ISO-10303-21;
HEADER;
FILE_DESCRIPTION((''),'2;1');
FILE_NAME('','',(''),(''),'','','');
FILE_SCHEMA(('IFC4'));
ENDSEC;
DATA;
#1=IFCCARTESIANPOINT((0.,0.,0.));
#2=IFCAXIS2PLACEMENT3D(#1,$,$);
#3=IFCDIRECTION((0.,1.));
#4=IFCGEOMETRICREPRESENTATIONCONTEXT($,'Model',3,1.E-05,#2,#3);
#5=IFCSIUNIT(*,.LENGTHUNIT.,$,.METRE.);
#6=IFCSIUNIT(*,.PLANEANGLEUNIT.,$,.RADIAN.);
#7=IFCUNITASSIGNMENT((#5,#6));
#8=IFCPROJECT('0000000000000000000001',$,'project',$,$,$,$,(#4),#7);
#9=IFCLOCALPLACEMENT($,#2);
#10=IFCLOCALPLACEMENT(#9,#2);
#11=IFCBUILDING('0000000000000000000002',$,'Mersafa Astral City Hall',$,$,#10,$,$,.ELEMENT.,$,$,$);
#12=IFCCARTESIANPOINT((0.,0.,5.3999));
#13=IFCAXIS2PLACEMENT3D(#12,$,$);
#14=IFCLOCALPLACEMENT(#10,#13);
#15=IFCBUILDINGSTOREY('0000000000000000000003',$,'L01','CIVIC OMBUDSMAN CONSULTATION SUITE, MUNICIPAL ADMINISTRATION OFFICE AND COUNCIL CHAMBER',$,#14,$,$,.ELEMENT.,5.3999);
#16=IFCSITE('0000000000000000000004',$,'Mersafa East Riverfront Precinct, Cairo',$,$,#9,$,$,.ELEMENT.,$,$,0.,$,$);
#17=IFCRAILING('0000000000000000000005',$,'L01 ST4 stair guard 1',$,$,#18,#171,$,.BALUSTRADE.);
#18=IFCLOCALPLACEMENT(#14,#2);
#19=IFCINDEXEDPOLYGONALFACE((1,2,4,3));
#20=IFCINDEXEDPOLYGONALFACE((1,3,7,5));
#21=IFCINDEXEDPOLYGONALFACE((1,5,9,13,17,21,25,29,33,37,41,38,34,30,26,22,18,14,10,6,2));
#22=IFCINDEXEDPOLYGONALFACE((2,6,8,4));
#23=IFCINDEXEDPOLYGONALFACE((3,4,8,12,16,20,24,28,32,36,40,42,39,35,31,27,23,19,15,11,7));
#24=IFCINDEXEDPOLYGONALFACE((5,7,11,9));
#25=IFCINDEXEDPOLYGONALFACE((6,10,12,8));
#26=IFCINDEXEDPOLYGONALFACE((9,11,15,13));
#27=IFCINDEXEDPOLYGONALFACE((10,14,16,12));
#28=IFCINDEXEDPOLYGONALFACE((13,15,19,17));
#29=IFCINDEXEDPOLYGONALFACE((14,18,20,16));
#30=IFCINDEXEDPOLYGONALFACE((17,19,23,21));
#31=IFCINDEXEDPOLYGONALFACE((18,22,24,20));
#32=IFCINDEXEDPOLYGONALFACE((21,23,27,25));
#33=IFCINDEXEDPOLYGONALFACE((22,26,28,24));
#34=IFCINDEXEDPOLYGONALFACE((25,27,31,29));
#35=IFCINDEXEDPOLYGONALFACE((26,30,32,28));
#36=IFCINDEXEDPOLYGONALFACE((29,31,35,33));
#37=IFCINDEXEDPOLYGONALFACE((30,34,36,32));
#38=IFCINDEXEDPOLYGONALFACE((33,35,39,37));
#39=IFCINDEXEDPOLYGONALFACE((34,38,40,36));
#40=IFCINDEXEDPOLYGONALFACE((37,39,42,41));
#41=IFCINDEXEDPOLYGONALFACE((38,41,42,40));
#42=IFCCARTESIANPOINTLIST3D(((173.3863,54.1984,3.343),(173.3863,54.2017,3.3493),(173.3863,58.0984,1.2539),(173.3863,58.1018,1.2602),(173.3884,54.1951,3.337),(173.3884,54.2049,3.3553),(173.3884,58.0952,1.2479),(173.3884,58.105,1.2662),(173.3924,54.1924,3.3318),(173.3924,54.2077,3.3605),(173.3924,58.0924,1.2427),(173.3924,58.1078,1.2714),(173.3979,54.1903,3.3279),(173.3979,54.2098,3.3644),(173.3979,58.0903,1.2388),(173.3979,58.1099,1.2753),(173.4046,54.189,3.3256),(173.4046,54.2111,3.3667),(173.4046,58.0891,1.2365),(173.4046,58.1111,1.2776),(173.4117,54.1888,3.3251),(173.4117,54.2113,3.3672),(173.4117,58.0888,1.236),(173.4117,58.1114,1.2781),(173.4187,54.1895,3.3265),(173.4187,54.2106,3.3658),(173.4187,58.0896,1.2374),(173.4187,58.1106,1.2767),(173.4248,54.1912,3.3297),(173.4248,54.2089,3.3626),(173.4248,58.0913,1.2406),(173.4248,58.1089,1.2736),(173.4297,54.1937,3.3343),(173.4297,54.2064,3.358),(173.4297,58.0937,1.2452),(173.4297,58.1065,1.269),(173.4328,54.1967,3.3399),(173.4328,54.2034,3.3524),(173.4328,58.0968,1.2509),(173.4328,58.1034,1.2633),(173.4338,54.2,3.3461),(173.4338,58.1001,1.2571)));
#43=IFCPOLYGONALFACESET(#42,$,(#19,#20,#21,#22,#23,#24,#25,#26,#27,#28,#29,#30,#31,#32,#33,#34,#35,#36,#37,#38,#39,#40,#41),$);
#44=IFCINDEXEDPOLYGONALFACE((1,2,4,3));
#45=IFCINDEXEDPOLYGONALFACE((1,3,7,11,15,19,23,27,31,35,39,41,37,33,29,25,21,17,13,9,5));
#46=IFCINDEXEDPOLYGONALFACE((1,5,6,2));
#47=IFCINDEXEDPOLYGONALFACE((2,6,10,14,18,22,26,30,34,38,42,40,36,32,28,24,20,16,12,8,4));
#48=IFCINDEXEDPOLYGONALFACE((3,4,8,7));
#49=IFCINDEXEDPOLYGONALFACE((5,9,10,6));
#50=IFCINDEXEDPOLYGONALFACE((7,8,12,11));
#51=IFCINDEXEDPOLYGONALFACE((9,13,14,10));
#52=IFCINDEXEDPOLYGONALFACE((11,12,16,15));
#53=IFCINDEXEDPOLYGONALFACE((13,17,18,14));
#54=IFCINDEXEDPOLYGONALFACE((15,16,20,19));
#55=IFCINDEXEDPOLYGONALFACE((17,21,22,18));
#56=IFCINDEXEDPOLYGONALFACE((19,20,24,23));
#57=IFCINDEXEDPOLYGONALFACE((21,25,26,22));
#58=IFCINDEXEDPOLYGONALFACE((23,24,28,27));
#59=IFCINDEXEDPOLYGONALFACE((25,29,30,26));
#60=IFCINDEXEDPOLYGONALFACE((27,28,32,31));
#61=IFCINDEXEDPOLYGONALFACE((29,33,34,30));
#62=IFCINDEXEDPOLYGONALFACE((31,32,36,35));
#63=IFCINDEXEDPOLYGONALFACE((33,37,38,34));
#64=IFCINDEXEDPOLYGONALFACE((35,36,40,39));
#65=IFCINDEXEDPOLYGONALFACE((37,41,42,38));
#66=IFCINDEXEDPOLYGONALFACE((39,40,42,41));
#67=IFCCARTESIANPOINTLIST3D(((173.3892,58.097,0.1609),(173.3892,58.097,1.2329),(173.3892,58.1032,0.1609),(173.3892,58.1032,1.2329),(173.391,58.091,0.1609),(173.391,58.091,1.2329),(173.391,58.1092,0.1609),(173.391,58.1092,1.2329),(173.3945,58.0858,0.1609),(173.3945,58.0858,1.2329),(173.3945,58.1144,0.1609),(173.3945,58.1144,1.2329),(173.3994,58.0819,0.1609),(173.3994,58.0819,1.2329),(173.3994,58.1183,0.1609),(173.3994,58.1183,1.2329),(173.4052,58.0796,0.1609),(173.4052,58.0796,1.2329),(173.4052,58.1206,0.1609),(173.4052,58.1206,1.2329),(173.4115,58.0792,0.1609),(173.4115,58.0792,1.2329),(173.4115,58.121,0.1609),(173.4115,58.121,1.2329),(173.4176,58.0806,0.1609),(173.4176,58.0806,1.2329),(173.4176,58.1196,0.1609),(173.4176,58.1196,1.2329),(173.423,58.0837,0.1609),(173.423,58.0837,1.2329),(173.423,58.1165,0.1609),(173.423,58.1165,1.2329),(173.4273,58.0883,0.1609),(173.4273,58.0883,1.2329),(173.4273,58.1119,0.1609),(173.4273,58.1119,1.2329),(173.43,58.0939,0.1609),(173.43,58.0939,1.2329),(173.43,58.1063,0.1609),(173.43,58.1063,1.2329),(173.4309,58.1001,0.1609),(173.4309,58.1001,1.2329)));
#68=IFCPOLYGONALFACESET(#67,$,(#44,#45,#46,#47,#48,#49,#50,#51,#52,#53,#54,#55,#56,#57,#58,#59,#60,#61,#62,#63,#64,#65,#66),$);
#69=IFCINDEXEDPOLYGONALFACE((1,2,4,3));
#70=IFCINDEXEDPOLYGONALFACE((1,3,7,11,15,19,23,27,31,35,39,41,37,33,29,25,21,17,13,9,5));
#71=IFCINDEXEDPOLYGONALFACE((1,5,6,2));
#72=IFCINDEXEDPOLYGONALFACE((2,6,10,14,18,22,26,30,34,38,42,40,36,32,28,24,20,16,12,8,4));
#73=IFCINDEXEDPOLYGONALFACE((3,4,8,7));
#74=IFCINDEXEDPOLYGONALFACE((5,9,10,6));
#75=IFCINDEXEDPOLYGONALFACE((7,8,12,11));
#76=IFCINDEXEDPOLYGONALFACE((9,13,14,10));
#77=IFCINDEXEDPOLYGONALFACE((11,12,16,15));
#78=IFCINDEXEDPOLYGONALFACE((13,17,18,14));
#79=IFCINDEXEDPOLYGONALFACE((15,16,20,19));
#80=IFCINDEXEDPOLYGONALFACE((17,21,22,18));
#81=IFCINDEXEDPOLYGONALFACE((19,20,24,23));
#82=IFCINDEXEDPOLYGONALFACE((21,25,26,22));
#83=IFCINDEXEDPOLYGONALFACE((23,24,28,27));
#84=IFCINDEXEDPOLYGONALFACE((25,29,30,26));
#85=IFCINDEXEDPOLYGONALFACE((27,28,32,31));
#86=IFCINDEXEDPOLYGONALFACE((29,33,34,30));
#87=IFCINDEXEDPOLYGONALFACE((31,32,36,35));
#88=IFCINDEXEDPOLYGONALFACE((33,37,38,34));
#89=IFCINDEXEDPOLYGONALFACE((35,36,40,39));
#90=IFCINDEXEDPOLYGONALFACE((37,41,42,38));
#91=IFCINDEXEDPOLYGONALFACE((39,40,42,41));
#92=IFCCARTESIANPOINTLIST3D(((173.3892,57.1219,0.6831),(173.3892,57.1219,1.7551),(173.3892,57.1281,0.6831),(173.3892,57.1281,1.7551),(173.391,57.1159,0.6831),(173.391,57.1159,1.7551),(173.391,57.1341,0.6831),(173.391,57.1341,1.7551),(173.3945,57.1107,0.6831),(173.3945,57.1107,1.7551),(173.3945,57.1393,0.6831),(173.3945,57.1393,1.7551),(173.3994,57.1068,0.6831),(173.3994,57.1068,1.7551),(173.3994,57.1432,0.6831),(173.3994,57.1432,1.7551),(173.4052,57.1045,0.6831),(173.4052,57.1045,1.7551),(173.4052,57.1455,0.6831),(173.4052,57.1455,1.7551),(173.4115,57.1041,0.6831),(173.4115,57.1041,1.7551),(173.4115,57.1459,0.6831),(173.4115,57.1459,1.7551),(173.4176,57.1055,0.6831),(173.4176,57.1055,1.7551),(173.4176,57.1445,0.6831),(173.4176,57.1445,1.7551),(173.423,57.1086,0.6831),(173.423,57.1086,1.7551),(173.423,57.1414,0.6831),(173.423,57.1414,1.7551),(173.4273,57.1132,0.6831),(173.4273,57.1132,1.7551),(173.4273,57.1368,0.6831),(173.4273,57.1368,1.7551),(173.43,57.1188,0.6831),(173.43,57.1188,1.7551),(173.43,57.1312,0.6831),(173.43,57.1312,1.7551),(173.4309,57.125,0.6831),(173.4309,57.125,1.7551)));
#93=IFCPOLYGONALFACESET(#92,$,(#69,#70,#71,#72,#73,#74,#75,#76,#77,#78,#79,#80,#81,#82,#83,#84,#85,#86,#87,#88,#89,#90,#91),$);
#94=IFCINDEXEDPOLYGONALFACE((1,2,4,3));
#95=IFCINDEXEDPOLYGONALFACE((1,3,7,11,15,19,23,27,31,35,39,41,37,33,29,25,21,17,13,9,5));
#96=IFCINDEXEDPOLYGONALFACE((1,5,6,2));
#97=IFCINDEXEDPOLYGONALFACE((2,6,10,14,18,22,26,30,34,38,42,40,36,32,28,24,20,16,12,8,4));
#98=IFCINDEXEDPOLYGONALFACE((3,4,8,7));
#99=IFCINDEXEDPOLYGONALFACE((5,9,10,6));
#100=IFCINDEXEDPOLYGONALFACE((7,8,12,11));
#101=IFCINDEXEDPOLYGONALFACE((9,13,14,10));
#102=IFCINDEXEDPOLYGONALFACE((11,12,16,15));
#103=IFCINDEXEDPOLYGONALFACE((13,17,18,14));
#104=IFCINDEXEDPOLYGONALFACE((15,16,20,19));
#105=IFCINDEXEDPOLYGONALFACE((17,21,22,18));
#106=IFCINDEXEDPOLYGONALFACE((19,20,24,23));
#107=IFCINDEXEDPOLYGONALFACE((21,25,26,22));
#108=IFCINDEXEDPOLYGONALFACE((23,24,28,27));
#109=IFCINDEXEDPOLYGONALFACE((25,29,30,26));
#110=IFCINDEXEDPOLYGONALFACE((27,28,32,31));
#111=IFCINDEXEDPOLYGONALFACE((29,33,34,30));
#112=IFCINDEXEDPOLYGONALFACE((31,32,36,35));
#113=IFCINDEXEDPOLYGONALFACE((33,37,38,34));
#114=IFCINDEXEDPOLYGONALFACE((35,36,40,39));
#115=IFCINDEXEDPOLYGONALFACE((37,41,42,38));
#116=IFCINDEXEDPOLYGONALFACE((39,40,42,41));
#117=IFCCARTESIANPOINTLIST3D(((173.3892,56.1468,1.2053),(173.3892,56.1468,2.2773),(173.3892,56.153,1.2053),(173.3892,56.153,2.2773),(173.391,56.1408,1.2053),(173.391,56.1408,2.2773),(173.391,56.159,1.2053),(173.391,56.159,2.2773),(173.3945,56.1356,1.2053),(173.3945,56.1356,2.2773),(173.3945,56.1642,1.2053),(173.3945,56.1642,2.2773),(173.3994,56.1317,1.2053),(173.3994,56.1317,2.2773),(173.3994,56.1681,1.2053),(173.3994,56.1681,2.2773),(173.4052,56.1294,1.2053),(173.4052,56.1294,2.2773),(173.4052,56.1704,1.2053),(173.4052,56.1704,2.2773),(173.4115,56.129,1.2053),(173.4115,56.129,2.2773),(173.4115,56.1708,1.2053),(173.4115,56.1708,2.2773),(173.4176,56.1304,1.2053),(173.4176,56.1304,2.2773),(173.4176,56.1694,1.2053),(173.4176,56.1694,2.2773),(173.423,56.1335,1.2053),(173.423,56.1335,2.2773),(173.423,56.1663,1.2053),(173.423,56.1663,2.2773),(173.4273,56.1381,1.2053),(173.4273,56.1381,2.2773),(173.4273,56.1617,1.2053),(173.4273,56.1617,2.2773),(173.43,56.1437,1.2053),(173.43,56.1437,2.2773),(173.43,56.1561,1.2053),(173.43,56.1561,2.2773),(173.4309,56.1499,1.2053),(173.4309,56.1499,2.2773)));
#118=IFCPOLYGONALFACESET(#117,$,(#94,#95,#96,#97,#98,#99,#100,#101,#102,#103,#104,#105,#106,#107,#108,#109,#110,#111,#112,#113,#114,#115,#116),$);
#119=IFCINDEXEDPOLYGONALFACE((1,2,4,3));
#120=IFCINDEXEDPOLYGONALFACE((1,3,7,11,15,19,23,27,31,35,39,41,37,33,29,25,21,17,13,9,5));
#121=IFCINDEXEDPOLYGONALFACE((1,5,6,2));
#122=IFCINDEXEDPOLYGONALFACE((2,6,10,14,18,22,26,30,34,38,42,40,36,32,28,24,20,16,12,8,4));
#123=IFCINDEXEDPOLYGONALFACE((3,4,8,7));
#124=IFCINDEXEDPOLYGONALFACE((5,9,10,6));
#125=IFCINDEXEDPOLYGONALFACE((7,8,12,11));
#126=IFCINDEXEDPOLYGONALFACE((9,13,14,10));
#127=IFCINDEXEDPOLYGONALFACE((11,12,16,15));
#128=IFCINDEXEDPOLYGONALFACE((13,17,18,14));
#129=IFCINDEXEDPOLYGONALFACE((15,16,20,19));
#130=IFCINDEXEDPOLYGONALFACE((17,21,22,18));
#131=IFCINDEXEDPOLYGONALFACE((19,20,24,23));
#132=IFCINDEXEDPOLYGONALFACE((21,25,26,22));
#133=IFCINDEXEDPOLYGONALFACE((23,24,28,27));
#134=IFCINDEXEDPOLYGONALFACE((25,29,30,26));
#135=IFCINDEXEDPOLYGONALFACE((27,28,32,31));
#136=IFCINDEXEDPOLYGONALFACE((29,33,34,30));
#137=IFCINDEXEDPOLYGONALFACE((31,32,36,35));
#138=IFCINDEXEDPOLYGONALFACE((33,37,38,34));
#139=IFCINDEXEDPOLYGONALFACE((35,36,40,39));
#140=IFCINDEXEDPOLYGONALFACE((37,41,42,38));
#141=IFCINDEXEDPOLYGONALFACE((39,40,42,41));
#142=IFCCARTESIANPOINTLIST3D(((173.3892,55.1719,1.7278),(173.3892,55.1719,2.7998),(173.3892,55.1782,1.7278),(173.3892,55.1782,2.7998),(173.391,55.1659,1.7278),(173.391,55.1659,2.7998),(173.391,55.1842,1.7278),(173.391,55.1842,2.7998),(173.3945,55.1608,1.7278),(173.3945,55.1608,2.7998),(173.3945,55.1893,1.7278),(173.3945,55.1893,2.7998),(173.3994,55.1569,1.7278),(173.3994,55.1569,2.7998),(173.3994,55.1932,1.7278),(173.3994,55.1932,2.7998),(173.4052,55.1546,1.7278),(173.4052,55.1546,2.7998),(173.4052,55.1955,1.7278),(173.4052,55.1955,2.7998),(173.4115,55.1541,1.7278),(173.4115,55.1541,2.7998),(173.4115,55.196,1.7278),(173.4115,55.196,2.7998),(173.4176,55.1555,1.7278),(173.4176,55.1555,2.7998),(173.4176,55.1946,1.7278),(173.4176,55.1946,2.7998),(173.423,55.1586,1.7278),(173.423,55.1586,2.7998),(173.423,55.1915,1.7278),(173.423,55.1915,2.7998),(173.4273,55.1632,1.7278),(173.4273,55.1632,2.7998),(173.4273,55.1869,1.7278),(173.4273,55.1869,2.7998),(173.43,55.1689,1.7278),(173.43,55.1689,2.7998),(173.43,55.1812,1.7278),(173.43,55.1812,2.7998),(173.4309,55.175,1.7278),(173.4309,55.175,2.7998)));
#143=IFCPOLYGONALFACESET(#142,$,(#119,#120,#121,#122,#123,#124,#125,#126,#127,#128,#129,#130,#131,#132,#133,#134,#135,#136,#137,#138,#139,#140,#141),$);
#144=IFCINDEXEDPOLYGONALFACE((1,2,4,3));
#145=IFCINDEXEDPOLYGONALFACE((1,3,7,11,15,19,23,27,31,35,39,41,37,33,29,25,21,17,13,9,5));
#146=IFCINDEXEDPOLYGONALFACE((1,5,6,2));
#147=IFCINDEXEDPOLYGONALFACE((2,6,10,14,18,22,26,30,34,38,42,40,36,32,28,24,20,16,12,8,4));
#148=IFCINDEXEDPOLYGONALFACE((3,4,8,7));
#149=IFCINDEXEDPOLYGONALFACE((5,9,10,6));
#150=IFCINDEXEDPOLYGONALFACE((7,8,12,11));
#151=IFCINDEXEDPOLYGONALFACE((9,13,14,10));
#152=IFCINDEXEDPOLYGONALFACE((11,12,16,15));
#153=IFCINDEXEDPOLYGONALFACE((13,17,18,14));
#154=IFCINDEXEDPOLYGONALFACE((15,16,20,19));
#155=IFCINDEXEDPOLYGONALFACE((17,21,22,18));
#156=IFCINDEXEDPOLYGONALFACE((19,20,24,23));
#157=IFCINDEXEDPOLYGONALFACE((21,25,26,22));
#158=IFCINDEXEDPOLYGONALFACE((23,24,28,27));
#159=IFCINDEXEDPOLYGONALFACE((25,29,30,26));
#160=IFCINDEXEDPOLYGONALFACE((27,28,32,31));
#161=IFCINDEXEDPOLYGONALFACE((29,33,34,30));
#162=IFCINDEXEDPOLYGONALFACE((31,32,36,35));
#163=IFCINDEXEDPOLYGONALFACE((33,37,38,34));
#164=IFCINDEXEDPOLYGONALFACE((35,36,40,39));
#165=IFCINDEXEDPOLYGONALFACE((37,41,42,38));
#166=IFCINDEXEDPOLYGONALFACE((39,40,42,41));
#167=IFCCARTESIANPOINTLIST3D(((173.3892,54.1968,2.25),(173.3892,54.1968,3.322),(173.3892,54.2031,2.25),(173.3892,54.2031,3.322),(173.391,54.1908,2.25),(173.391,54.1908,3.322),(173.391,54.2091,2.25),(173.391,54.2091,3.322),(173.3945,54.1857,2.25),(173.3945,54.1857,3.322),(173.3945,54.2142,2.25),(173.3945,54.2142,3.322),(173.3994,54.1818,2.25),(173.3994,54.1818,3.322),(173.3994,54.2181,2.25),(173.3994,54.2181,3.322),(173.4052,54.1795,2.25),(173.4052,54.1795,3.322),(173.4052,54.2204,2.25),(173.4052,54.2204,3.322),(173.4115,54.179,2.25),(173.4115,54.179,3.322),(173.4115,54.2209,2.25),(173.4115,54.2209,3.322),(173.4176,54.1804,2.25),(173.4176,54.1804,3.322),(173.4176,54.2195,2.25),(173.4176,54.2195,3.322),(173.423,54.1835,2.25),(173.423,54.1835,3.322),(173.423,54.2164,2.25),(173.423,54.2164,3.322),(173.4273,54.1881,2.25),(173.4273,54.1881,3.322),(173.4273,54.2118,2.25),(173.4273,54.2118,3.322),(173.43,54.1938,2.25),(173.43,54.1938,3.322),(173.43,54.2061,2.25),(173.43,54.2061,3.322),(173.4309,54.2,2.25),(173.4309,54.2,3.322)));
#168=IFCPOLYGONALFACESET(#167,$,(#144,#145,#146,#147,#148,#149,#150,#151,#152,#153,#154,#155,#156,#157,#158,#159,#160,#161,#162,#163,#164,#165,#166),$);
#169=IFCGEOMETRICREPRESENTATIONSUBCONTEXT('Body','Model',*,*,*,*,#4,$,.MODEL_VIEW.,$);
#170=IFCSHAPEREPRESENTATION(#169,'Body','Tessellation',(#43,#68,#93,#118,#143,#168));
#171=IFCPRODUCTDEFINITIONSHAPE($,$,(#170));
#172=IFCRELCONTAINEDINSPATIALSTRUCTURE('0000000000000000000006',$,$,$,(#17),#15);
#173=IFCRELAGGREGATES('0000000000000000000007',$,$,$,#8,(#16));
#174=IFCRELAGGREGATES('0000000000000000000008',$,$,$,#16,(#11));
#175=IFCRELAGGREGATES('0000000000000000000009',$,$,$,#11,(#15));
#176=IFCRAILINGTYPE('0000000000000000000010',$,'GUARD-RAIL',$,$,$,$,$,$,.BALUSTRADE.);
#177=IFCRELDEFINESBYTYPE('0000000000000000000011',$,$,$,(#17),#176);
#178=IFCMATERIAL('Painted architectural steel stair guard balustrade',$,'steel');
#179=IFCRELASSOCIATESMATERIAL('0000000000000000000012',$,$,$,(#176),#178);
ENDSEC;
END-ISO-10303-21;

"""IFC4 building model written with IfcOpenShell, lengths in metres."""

from ifc_helpers import new_model, si_unit, direction, frame, origin, origin_2d, place, context, subcontext, project, spatial, circle, extrude, material, type_object, element, save


model = new_model("IFC4")

# Units and contexts
model_context = context("Model", 3, precision=1e-05, world=origin(), true_north=direction((0.0, 1.0)))
body_context = subcontext(model_context, "Body", "Model", "MODEL_VIEW")
ifc_project = project(units=[si_unit("LENGTHUNIT", "METRE"), si_unit("PLANEANGLEUNIT", "RADIAN")], contexts=[model_context])

# Site, building, storey
site_placement = place(None, origin())
site = spatial("IfcSite", under=ifc_project, at=site_placement, Name="Mersafa East Riverfront Precinct, Cairo", CompositionType="ELEMENT", RefElevation=0.0)
building_placement = place(site_placement, origin())
building = spatial("IfcBuilding", under=site, at=building_placement, Name="Mersafa Astral City Hall", CompositionType="ELEMENT")
storey_placement = place(building_placement, frame((0.0, 0.0, 5.3999)))
storey = spatial("IfcBuildingStorey", under=building, at=storey_placement, Name="L01", Description="CIVIC OMBUDSMAN CONSULTATION SUITE, MUNICIPAL ADMINISTRATION OFFICE AND COUNCIL CHAMBER", CompositionType="ELEMENT", Elevation=5.3999)

# Railing
ifc_material_1 = material(Name="Painted architectural steel stair guard balustrade", Category="steel")
railing_type_1 = type_object("IfcRailingType", Name="GUARD-RAIL", PredefinedType="BALUSTRADE", material=ifc_material_1)
railing_1_placement = place(storey_placement, frame((173.4099, 58.1001, 0.1609)))
element("IfcRailing", 1, at=railing_1_placement, inside=storey, type_object=railing_type_1, Name="L01 ST4 stair guard 1", PredefinedType="BALUSTRADE", context=body_context, shape_type="SweptSolid", body=[
    extrude(circle(Radius=0.0239, at=origin_2d()), frame((0.0, 0.0, 1.0962), z_axis=(0.0, -0.881504, 0.472177), x_axis=(1.0, 0.0, 0.0)), (0.0, 0.0, 1.0), 4.4243),
    extrude(circle(Radius=0.021, at=origin_2d()), origin(), (0.0, 0.0, 1.0), 1.072),
    extrude(circle(Radius=0.021, at=origin_2d()), frame((0.0, -0.9751, 0.5222)), (0.0, 0.0, 1.0), 1.072),
    extrude(circle(Radius=0.021, at=origin_2d()), frame((0.0, -1.9502, 1.0444)), (0.0, 0.0, 1.0), 1.072),
    extrude(circle(Radius=0.021, at=origin_2d()), frame((0.0, -2.925, 1.5669)), (0.0, 0.0, 1.0), 1.072),
    extrude(circle(Radius=0.021, at=origin_2d()), frame((0.0, -3.9001, 2.0891)), (0.0, 0.0, 1.0), 1.072),
])

save(model, "model.ifc")
